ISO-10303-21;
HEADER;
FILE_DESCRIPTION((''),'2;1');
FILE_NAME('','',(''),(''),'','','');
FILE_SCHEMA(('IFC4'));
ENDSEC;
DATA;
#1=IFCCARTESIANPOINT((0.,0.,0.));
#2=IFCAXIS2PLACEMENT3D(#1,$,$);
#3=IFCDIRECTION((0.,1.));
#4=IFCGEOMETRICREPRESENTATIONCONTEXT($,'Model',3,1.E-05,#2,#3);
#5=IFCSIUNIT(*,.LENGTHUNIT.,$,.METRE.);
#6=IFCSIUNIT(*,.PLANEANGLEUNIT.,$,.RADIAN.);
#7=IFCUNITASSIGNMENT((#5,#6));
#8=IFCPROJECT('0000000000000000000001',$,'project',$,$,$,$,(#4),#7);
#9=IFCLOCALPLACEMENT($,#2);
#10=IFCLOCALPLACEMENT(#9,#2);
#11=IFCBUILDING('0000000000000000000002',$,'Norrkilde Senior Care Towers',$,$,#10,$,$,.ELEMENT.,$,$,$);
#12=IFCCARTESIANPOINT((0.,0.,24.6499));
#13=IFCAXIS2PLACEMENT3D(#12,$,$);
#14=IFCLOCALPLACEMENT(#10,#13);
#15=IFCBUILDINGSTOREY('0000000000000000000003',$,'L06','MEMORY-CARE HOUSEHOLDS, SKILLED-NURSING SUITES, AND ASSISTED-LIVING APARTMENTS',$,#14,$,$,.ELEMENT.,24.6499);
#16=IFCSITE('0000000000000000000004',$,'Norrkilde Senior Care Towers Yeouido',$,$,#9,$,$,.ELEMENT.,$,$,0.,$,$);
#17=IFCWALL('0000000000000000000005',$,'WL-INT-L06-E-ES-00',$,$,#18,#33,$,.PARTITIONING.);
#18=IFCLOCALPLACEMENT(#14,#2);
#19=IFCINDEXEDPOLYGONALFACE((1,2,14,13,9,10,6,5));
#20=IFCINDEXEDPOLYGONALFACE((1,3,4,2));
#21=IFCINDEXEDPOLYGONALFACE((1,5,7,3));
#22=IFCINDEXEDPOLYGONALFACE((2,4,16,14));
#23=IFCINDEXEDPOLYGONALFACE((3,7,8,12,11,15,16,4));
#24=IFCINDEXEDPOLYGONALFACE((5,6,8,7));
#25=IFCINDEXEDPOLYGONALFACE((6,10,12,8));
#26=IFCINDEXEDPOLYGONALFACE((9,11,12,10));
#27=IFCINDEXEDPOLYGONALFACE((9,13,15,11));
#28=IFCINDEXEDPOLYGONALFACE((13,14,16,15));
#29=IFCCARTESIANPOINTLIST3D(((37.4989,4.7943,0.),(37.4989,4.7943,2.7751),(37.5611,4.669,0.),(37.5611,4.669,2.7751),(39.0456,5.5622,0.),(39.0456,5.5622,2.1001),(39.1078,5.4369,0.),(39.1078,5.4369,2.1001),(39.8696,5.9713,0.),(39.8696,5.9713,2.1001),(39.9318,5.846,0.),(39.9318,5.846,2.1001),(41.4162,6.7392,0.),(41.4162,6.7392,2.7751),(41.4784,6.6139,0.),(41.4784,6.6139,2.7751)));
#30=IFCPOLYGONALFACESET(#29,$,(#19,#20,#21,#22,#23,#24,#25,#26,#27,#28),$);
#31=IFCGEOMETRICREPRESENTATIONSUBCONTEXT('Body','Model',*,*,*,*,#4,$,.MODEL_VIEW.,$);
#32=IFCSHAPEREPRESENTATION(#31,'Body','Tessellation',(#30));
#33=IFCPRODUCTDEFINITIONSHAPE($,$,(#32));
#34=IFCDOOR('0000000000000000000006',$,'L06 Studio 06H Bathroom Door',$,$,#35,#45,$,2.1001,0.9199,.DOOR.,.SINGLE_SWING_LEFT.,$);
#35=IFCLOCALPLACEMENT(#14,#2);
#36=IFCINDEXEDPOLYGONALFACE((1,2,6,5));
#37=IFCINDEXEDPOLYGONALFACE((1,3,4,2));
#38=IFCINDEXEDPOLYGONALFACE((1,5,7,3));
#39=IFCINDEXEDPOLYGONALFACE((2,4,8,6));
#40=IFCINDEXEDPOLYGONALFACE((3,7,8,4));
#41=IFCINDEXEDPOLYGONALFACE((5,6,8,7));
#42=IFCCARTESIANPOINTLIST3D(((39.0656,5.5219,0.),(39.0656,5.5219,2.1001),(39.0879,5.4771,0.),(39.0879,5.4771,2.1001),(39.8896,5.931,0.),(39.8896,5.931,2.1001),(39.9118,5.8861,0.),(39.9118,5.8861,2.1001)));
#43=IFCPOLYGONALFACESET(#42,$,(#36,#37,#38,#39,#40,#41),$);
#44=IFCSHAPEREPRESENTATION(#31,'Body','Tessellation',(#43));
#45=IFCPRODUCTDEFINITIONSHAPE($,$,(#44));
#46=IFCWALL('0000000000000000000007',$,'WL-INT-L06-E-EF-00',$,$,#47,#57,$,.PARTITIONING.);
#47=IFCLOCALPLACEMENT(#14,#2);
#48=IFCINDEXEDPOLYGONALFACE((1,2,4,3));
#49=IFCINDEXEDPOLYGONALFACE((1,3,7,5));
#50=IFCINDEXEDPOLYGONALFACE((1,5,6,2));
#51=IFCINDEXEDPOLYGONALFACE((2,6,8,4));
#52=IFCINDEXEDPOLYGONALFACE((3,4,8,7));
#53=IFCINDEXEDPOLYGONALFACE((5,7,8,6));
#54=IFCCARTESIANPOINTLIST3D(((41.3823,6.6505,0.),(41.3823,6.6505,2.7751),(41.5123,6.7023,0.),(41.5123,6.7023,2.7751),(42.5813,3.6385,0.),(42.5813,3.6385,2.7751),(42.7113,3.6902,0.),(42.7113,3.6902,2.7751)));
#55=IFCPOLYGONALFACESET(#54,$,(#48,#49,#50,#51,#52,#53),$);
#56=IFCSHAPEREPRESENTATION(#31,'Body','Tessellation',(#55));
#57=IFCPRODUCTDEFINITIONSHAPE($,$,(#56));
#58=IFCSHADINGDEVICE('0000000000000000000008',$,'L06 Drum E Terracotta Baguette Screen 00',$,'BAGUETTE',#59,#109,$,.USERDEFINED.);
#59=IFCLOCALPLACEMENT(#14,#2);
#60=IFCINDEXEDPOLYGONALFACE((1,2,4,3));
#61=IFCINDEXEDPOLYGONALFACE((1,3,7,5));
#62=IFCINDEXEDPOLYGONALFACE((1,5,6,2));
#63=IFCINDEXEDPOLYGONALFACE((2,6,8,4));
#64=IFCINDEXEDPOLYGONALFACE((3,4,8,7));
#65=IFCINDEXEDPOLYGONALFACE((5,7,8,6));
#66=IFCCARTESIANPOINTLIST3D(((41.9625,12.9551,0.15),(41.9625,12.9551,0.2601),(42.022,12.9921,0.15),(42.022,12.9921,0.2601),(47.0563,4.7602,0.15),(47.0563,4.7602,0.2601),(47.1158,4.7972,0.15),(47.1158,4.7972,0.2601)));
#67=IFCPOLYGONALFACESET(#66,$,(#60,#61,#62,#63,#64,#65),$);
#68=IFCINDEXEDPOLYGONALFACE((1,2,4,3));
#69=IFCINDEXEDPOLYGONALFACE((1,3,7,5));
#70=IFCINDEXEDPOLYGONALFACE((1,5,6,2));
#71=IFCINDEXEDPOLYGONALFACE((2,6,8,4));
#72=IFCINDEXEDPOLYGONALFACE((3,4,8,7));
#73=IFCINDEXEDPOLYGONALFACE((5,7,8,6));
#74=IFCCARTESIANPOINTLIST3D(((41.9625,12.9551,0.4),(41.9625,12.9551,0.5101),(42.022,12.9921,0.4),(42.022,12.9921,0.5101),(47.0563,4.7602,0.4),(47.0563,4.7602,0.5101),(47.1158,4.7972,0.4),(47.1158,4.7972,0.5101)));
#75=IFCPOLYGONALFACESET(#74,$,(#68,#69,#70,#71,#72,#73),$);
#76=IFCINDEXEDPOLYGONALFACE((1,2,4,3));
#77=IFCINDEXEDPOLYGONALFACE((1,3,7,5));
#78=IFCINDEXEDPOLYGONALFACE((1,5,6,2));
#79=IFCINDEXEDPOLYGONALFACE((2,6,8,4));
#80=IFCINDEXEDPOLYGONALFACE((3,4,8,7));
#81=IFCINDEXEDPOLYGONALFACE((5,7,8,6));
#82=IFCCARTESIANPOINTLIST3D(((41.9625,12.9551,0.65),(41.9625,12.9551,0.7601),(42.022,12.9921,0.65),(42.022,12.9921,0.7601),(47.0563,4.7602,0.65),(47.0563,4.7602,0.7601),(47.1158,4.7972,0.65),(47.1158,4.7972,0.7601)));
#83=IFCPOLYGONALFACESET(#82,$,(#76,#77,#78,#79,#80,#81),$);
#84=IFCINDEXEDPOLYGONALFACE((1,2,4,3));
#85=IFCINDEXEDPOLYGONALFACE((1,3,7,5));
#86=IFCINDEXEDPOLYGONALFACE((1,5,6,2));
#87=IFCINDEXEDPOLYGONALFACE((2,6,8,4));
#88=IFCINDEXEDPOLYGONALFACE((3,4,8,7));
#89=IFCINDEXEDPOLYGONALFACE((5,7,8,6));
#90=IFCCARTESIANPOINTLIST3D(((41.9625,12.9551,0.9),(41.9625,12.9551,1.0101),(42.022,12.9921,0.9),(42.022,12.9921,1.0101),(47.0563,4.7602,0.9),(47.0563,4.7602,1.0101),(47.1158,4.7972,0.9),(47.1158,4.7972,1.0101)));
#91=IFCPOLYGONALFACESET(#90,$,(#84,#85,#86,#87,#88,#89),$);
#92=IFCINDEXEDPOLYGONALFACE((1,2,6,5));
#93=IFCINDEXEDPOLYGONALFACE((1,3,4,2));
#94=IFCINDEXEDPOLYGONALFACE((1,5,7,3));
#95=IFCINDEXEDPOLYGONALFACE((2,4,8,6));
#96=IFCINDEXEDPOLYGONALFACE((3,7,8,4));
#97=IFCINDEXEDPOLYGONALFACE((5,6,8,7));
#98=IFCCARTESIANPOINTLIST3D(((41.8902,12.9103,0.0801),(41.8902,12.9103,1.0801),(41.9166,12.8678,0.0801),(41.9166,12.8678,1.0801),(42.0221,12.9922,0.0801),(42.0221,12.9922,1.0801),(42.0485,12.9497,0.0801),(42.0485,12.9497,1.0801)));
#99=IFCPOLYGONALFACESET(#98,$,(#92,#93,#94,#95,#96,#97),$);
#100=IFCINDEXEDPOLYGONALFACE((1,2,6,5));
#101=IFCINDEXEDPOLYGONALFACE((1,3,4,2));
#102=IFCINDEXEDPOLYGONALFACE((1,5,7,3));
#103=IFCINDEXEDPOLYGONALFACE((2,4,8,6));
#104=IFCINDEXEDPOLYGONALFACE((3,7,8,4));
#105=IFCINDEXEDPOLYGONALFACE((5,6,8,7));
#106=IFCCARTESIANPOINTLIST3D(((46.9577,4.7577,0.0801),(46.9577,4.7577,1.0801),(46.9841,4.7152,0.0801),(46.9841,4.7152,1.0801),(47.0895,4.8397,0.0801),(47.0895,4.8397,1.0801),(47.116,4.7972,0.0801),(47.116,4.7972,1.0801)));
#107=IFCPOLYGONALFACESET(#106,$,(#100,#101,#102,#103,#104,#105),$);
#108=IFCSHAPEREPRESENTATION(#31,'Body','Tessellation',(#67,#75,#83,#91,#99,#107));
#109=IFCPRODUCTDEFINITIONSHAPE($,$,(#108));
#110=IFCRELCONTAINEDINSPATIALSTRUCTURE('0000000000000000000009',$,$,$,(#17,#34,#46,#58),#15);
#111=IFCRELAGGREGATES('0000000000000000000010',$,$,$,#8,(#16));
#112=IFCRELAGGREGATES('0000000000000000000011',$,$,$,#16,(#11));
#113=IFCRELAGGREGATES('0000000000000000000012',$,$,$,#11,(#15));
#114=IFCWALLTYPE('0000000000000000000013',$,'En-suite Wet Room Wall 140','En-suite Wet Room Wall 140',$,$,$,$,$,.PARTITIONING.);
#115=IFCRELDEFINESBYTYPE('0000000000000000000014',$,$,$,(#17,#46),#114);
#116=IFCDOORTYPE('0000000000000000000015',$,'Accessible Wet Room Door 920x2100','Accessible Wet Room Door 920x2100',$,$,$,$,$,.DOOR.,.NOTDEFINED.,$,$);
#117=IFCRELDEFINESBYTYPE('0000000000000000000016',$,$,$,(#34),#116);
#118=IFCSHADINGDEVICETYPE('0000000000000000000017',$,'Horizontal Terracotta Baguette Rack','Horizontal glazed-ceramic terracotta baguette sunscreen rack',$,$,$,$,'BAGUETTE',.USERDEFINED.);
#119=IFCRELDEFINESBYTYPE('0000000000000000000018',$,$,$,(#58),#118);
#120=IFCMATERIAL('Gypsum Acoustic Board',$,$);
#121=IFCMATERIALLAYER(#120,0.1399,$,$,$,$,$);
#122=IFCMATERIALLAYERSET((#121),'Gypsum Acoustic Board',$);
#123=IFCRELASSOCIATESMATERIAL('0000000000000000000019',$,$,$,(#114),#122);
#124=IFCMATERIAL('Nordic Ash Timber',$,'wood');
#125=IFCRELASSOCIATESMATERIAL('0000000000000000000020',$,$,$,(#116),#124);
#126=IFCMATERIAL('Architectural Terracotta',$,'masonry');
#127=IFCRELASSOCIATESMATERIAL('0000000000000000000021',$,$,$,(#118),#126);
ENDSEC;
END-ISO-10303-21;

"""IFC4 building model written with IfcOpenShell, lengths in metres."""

from ifc_helpers import new_model, si_unit, direction, frame, frame_2d, origin, origin_2d, place, context, subcontext, project, spatial, rectangle, extrude, source, transform, mapped, material, layer, layer_set, type_object, type_shapes, element, fill, save


model = new_model("IFC4")

# Units and contexts
model_context = context("Model", 3, precision=1e-05, world=origin(), true_north=direction((0.0, 1.0)))
body_context = subcontext(model_context, "Body", "Model", "MODEL_VIEW")
ifc_project = project(units=[si_unit("LENGTHUNIT", "METRE"), si_unit("PLANEANGLEUNIT", "RADIAN")], contexts=[model_context])

# Site, building, storey
site_placement = place(None, origin())
site = spatial("IfcSite", under=ifc_project, at=site_placement, Name="Norrkilde Senior Care Towers Yeouido", CompositionType="ELEMENT", RefElevation=0.0)
building_placement = place(site_placement, origin())
building = spatial("IfcBuilding", under=site, at=building_placement, Name="Norrkilde Senior Care Towers", CompositionType="ELEMENT")
storey_placement = place(building_placement, frame((0.0, 0.0, 24.6499)))
storey = spatial("IfcBuildingStorey", under=building, at=storey_placement, Name="L06", Description="MEMORY-CARE HOUSEHOLDS, SKILLED-NURSING SUITES, AND ASSISTED-LIVING APARTMENTS", CompositionType="ELEMENT", Elevation=24.6499)

# Shared definitions
ifc_material_1 = material(Name="Gypsum Acoustic Board")
ifc_material_2 = material(Name="Nordic Ash Timber", Category="wood")

# Wall, opening, door
ifc_layer_1 = layer(ifc_material_1, 0.1399)
ifc_layer_set_1 = layer_set([ifc_layer_1], Name="Gypsum Acoustic Board")
wall_type_1 = type_object("IfcWallType", Name="En-suite Wet Room Wall 140", Description="En-suite Wet Room Wall 140", PredefinedType="PARTITIONING", material=ifc_layer_set_1)
shared_shape_1 = source(origin(), body_context, "Body", "SweptSolid", [
    extrude(rectangle(XDim=4.3735, YDim=0.1399, at=frame_2d((2.1868, 0.0))), origin(), (0.0, 0.0, 1.0), 2.7751),
])
wall_1_placement = place(storey_placement, frame((37.53, 4.7317, 0.0), z_axis=(0.0, 0.0, 1.0), x_axis=(0.895685, 0.444689, 0.0)))
wall_1 = element("IfcWall", 1, at=wall_1_placement, inside=storey, type_object=wall_type_1, Name="WL-INT-L06-E-ES-00", PredefinedType="PARTITIONING", context=body_context, shape_type="MappedRepresentation", body=[
    mapped(shared_shape_1, transform((0.0, 0.0, 0.0), x_axis=(1.0, 0.0, 0.0), y_axis=(0.0, 1.0, 0.0), z_axis=(0.0, 0.0, 1.0), scale=1.0)),
])
opening_1_placement = place(wall_1_placement, frame((1.7268, 0.0, 0.0)))
opening_1 = element("IfcOpeningElement", 2, at=opening_1_placement, cuts=wall_1, PredefinedType="OPENING", context=body_context, shape_type="SweptSolid", body=[
    extrude(rectangle(XDim=0.9199, YDim=2.1001, at=frame_2d((0.46, 1.05))), frame((0.0, 0.0798, 0.0), z_axis=(0.0, -1.0, 0.0), x_axis=(1.0, 0.0, 0.0)), (0.0, 0.0, 1.0), 0.1599),
])
door_type_1 = type_object("IfcDoorType", Name="Accessible Wet Room Door 920x2100", Description="Accessible Wet Room Door 920x2100", OperationType="NOTDEFINED", PredefinedType="DOOR", material=ifc_material_2)
shared_shape_2 = source(origin(), body_context, "Body", "SweptSolid", [
    extrude(rectangle(XDim=0.9199, YDim=2.1001, at=frame_2d((0.46, 1.05))), frame((0.0, 0.0249, 0.0), z_axis=(0.0, -1.0, 0.0), x_axis=(1.0, 0.0, 0.0)), (0.0, 0.0, 1.0), 0.05),
])
type_shapes(door_type_1, [shared_shape_2])
door_1_placement = place(opening_1_placement, origin())
door_1 = element("IfcDoor", 3, at=door_1_placement, inside=storey, type_object=door_type_1, Name="L06 Studio 06H Bathroom Door", OperationType="SINGLE_SWING_LEFT", OverallHeight=2.1001, OverallWidth=0.9199, PredefinedType="DOOR", context=body_context, shape_type="MappedRepresentation", body=[
    mapped(shared_shape_2, transform((0.0, 0.0, 0.0), x_axis=(1.0, 0.0, 0.0), y_axis=(0.0, 1.0, 0.0), z_axis=(0.0, 0.0, 1.0), scale=1.0)),
])
fill(opening_1, door_1)

# Wall
shared_shape_3 = source(origin(), body_context, "Body", "SweptSolid", [
    extrude(rectangle(XDim=3.2419, YDim=0.1399, at=frame_2d((1.6211, 0.0))), origin(), (0.0, 0.0, 1.0), 2.7751),
])
type_shapes(wall_type_1, [shared_shape_1, shared_shape_3])
wall_2_placement = place(storey_placement, frame((41.4473, 6.6765, 0.0), z_axis=(0.0, 0.0, 1.0), x_axis=(0.369845, -0.929093, 0.0)))
element("IfcWall", 4, at=wall_2_placement, inside=storey, type_object=wall_type_1, Name="WL-INT-L06-E-EF-00", PredefinedType="PARTITIONING", context=body_context, shape_type="MappedRepresentation", body=[
    mapped(shared_shape_3, transform((0.0, 0.0, 0.0), x_axis=(1.0, 0.0, 0.0), y_axis=(0.0, 1.0, 0.0), z_axis=(0.0, 0.0, 1.0), scale=1.0)),
])

# Shading device
ifc_material_3 = material(Name="Architectural Terracotta", Category="masonry")
shading_device_type = type_object("IfcShadingDeviceType", Name="Horizontal Terracotta Baguette Rack", Description="Horizontal glazed-ceramic terracotta baguette sunscreen rack", ElementType="BAGUETTE", PredefinedType="USERDEFINED", material=ifc_material_3)
shared_shape_4 = source(origin(), body_context, "Body", "SweptSolid", [
    extrude(rectangle(XDim=0.0701, YDim=0.1101, at=origin_2d()), frame((0.0, 0.0901, 0.125), z_axis=(1.0, 0.0, 0.0), x_axis=(0.0, 1.0, 0.0)), (0.0, 0.0, 1.0), 9.6489),
    extrude(rectangle(XDim=0.0701, YDim=0.1101, at=origin_2d()), frame((0.0, 0.0901, 0.375), z_axis=(1.0, 0.0, 0.0), x_axis=(0.0, 1.0, 0.0)), (0.0, 0.0, 1.0), 9.6489),
    extrude(rectangle(XDim=0.0701, YDim=0.1101, at=origin_2d()), frame((0.0, 0.0901, 0.625), z_axis=(1.0, 0.0, 0.0), x_axis=(0.0, 1.0, 0.0)), (0.0, 0.0, 1.0), 9.6489),
    extrude(rectangle(XDim=0.0701, YDim=0.1101, at=origin_2d()), frame((0.0, 0.0901, 0.875), z_axis=(1.0, 0.0, 0.0), x_axis=(0.0, 1.0, 0.0)), (0.0, 0.0, 1.0), 9.6489),
    extrude(rectangle(XDim=0.05, YDim=0.1553, at=origin_2d()), frame((0.0249, 0.0476, 0.0)), (0.0, 0.0, 1.0), 1.0),
    extrude(rectangle(XDim=0.05, YDim=0.1553, at=origin_2d()), frame((9.624, 0.0476, 0.0)), (0.0, 0.0, 1.0), 1.0),
])
type_shapes(shading_device_type, [shared_shape_4])
shading_device_placement = place(storey_placement, frame((41.9158, 12.926, 0.0801), z_axis=(0.0, 0.0, 1.0), x_axis=(0.527909, -0.849299, 0.0)))
element("IfcShadingDevice", 5, at=shading_device_placement, inside=storey, type_object=shading_device_type, Name="L06 Drum E Terracotta Baguette Screen 00", ObjectType="BAGUETTE", PredefinedType="USERDEFINED", context=body_context, shape_type="MappedRepresentation", body=[
    mapped(shared_shape_4, transform((0.0, 0.0, 0.0), x_axis=(1.0, 0.0, 0.0), y_axis=(0.0, 1.0, 0.0), z_axis=(0.0, 0.0, 1.0), scale=1.0)),
])

save(model, "model.ifc")
